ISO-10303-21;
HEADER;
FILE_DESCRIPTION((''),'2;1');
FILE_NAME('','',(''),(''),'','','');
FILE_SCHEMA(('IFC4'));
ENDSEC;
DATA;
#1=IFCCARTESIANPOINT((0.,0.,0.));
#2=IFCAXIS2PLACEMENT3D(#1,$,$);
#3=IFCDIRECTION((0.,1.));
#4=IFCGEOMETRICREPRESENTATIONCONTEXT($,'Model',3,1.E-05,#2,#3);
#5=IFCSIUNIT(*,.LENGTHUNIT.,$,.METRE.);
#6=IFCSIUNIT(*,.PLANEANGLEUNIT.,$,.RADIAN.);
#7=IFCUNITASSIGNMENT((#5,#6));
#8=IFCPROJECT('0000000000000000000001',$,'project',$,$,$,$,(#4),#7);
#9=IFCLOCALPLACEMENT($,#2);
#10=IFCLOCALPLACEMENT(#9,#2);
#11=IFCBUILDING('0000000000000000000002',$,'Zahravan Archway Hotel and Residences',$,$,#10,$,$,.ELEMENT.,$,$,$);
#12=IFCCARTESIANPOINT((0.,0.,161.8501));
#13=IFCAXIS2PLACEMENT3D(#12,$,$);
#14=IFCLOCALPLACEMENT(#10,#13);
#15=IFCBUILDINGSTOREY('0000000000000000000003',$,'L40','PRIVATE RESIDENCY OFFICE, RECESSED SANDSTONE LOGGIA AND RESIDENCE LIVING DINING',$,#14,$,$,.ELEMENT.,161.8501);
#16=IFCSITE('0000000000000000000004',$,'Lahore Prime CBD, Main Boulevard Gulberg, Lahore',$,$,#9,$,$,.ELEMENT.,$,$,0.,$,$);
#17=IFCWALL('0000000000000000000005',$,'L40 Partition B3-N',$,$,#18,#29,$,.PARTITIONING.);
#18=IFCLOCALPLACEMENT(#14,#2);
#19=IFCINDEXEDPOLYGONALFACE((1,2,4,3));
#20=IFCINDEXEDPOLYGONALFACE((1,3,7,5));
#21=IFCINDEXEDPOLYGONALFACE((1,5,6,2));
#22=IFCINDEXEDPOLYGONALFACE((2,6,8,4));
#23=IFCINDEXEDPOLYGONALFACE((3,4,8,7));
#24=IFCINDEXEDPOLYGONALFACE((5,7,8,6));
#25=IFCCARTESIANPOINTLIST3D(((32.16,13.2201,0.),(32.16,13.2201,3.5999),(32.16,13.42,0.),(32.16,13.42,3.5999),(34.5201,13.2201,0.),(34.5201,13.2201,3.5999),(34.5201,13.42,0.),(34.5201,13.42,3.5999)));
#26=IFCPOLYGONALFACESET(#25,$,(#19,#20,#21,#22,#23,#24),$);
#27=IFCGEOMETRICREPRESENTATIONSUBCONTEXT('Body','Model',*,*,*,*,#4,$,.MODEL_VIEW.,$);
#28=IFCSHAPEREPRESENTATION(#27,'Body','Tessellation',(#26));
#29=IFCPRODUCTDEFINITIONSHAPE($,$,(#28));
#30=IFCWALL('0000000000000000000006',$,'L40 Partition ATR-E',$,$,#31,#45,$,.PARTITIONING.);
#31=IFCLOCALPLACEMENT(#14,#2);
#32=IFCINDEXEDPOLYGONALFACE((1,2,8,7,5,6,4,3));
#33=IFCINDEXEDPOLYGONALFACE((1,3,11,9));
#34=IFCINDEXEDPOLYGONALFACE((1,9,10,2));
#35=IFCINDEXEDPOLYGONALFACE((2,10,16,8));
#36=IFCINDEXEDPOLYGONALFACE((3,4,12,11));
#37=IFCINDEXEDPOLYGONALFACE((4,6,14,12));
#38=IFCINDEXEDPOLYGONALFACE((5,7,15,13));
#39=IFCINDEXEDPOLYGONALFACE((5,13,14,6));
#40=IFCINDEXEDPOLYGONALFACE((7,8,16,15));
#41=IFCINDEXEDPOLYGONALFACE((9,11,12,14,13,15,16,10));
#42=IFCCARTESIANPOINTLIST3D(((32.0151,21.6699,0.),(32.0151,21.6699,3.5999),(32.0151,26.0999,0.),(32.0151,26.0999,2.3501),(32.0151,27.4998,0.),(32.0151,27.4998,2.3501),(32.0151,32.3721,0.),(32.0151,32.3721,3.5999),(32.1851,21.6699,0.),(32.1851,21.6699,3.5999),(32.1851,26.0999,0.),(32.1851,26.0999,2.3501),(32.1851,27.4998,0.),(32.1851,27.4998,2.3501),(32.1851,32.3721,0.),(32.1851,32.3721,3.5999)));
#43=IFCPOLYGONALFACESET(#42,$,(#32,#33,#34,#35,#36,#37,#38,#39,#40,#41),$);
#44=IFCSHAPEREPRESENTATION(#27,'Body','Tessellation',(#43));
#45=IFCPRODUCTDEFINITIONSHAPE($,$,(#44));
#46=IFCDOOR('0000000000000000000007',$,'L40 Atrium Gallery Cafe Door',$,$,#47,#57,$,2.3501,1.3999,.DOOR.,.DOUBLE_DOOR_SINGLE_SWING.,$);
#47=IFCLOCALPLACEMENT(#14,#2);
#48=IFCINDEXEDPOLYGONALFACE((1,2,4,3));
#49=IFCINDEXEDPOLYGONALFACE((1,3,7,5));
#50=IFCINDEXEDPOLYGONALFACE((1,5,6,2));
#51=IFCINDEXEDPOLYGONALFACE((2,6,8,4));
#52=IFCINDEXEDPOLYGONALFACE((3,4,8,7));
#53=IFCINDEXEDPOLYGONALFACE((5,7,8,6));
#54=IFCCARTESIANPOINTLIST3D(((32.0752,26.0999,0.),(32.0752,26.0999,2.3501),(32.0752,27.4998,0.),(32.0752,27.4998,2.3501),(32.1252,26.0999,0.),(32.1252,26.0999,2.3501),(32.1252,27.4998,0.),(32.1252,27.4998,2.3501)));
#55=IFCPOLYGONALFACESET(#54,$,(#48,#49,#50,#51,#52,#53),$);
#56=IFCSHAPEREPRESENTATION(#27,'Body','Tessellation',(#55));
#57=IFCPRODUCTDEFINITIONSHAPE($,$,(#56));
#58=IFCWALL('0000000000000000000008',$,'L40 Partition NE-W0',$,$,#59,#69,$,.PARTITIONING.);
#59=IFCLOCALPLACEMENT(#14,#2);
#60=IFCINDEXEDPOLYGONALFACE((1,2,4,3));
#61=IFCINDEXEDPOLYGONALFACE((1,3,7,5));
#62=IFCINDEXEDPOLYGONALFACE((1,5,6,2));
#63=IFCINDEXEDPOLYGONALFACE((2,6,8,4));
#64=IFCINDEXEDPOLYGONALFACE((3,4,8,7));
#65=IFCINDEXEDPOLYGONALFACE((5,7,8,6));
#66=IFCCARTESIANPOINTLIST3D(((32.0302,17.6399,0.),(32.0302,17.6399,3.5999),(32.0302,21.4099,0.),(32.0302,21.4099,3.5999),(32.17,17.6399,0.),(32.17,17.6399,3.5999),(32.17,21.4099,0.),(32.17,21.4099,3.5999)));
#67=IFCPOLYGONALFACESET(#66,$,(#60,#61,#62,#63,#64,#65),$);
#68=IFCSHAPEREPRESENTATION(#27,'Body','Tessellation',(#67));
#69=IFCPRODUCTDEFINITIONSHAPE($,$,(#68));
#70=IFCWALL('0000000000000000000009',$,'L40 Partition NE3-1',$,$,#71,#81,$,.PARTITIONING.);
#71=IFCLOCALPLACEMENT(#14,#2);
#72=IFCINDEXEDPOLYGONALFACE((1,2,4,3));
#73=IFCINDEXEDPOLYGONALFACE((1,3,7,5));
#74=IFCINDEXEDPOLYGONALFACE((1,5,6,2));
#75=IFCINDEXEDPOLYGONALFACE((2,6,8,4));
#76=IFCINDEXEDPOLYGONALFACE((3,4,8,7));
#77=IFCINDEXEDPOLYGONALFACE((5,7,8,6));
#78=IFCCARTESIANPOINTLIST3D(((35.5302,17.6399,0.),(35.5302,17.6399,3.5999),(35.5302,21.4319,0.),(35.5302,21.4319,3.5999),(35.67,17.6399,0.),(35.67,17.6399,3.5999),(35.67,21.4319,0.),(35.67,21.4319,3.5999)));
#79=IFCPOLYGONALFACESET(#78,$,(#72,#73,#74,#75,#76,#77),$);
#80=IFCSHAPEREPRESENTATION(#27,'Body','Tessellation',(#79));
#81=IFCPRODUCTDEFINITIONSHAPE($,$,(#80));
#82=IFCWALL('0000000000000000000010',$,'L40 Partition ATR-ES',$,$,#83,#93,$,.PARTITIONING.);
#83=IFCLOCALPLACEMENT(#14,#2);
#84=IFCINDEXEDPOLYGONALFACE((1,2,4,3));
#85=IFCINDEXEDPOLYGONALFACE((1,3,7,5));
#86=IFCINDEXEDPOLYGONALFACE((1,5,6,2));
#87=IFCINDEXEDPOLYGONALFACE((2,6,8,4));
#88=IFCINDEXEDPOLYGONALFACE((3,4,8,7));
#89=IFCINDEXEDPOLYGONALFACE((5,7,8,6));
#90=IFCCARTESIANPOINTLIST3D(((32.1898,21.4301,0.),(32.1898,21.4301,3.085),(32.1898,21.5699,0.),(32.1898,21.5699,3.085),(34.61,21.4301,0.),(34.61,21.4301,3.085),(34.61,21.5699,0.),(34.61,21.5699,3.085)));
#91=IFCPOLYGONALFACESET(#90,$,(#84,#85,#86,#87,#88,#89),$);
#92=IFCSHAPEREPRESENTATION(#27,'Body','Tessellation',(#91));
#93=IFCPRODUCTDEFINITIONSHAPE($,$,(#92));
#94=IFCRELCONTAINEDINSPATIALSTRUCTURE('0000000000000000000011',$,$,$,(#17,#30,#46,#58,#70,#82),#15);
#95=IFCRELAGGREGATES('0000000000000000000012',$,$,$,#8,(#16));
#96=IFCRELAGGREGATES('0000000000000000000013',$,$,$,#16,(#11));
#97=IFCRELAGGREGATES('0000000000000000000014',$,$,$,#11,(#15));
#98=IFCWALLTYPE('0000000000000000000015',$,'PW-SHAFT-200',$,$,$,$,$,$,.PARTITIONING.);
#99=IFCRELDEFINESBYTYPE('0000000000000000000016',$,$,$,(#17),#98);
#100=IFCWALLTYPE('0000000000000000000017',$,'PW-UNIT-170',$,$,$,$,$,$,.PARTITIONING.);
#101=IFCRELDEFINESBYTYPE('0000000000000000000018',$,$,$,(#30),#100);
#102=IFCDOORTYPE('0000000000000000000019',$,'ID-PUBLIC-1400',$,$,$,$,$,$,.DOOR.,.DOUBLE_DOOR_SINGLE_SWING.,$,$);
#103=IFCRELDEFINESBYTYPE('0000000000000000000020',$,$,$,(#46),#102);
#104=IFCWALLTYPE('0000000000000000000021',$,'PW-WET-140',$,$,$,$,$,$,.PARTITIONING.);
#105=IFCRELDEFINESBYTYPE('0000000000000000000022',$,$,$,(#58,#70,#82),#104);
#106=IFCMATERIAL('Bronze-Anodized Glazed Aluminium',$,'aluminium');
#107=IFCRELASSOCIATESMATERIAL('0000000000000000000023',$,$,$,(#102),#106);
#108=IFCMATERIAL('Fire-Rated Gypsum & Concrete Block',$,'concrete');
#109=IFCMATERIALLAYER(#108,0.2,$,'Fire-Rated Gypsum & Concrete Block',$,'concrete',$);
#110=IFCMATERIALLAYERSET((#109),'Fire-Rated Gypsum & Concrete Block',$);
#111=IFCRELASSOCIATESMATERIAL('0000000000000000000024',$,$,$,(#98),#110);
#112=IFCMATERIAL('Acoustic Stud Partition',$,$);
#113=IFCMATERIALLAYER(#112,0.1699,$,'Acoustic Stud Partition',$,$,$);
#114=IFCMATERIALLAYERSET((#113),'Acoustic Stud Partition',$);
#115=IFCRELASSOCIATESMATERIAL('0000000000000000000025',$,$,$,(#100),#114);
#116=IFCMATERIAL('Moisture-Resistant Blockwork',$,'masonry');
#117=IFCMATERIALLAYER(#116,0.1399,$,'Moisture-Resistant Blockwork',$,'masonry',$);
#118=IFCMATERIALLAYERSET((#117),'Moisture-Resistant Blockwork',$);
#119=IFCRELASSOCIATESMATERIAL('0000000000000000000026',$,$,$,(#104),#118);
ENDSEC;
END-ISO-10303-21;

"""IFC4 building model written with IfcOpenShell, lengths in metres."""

from ifc_helpers import new_model, si_unit, direction, frame, frame_2d, origin, place, context, subcontext, project, spatial, rectangle, extrude, source, transform, mapped, material, layer, layer_set, type_object, type_shapes, element, fill, save


model = new_model("IFC4")

# Units and contexts
model_context = context("Model", 3, precision=1e-05, world=origin(), true_north=direction((0.0, 1.0)))
body_context = subcontext(model_context, "Body", "Model", "MODEL_VIEW")
ifc_project = project(units=[si_unit("LENGTHUNIT", "METRE"), si_unit("PLANEANGLEUNIT", "RADIAN")], contexts=[model_context])

# Site, building, storey
site_placement = place(None, origin())
site = spatial("IfcSite", under=ifc_project, at=site_placement, Name="Lahore Prime CBD, Main Boulevard Gulberg, Lahore", CompositionType="ELEMENT", RefElevation=0.0)
building_placement = place(site_placement, origin())
building = spatial("IfcBuilding", under=site, at=building_placement, Name="Zahravan Archway Hotel and Residences", CompositionType="ELEMENT")
storey_placement = place(building_placement, frame((0.0, 0.0, 161.8501)))
storey = spatial("IfcBuildingStorey", under=building, at=storey_placement, Name="L40", Description="PRIVATE RESIDENCY OFFICE, RECESSED SANDSTONE LOGGIA AND RESIDENCE LIVING DINING", CompositionType="ELEMENT", Elevation=161.8501)

# Shared definitions
ifc_material_1 = material(Name="Fire-Rated Gypsum & Concrete Block", Category="concrete")
ifc_material_2 = material(Name="Bronze-Anodized Glazed Aluminium", Category="aluminium")
door_type_1 = type_object("IfcDoorType", Name="ID-PUBLIC-1400", OperationType="DOUBLE_DOOR_SINGLE_SWING", PredefinedType="DOOR", material=ifc_material_2)
shared_shape_1 = source(origin(), body_context, "Body", "SweptSolid", [
    extrude(rectangle(XDim=1.3999, YDim=2.3501, at=frame_2d((0.7, 1.175))), frame((0.0, 0.0249, 0.0), z_axis=(0.0, -1.0, 0.0), x_axis=(1.0, 0.0, 0.0)), (0.0, 0.0, 1.0), 0.05),
])
type_shapes(door_type_1, [shared_shape_1])

# Wall
ifc_layer_1 = layer(ifc_material_1, 0.2, Name="Fire-Rated Gypsum & Concrete Block", Category="concrete")
ifc_layer_set_1 = layer_set([ifc_layer_1], Name="Fire-Rated Gypsum & Concrete Block")
wall_type_1 = type_object("IfcWallType", Name="PW-SHAFT-200", PredefinedType="PARTITIONING", material=ifc_layer_set_1)
wall_1_placement = place(storey_placement, frame((32.1599, 13.3201, 0.0), z_axis=(0.0, 0.0, 1.0), x_axis=(1.0, 0.0, 0.0)))
element("IfcWall", 1, at=wall_1_placement, inside=storey, type_object=wall_type_1, Name="L40 Partition B3-N", PredefinedType="PARTITIONING", context=body_context, shape_type="SweptSolid", body=[
    extrude(rectangle(XDim=2.3601, YDim=0.2, at=frame_2d((1.1802, 0.0))), origin(), (0.0, 0.0, 1.0), 3.5999),
])

# Wall, opening, door
ifc_material_3 = material(Name="Acoustic Stud Partition")
ifc_layer_2 = layer(ifc_material_3, 0.1699, Name="Acoustic Stud Partition")
ifc_layer_set_2 = layer_set([ifc_layer_2], Name="Acoustic Stud Partition")
wall_type_2 = type_object("IfcWallType", Name="PW-UNIT-170", PredefinedType="PARTITIONING", material=ifc_layer_set_2)
wall_2_placement = place(storey_placement, frame((32.1001, 21.6699, 0.0), z_axis=(0.0, 0.0, 1.0), x_axis=(0.0, 1.0, 0.0)))
wall_2 = element("IfcWall", 2, at=wall_2_placement, inside=storey, type_object=wall_type_2, Name="L40 Partition ATR-E", PredefinedType="PARTITIONING", context=body_context, shape_type="SweptSolid", body=[
    extrude(rectangle(XDim=10.7021, YDim=0.1699, at=frame_2d((5.3511, 0.0))), origin(), (0.0, 0.0, 1.0), 3.5999),
])
opening_1_placement = place(wall_2_placement, frame((4.4299, 0.0, 0.0)))
opening_1 = element("IfcOpeningElement", 3, at=opening_1_placement, cuts=wall_2, PredefinedType="OPENING", context=body_context, shape_type="SweptSolid", body=[
    extrude(rectangle(XDim=1.3999, YDim=2.3501, at=frame_2d((0.7, 1.175))), frame((0.0, 0.095, 0.0), z_axis=(0.0, -1.0, 0.0), x_axis=(1.0, 0.0, 0.0)), (0.0, 0.0, 1.0), 0.1899),
])
door_1_placement = place(opening_1_placement, origin())
door_1 = element("IfcDoor", 4, at=door_1_placement, inside=storey, type_object=door_type_1, Name="L40 Atrium Gallery Cafe Door", OperationType="DOUBLE_DOOR_SINGLE_SWING", OverallHeight=2.3501, OverallWidth=1.3999, PredefinedType="DOOR", context=body_context, shape_type="MappedRepresentation", body=[
    mapped(shared_shape_1, transform((0.0, 0.0, 0.0), scale=1.0)),
])
fill(opening_1, door_1)

# Walls
ifc_material_4 = material(Name="Moisture-Resistant Blockwork", Category="masonry")
ifc_layer_3 = layer(ifc_material_4, 0.1399, Name="Moisture-Resistant Blockwork", Category="masonry")
ifc_layer_set_3 = layer_set([ifc_layer_3], Name="Moisture-Resistant Blockwork")
wall_type_3 = type_object("IfcWallType", Name="PW-WET-140", PredefinedType="PARTITIONING", material=ifc_layer_set_3)
wall_3_placement = place(storey_placement, frame((32.1001, 17.6399, 0.0), z_axis=(0.0, 0.0, 1.0), x_axis=(0.0, 1.0, 0.0)))
element("IfcWall", 5, at=wall_3_placement, inside=storey, type_object=wall_type_3, Name="L40 Partition NE-W0", PredefinedType="PARTITIONING", context=body_context, shape_type="SweptSolid", body=[
    extrude(rectangle(XDim=3.77, YDim=0.1399, at=frame_2d((1.885, 0.0))), origin(), (0.0, 0.0, 1.0), 3.5999),
])
wall_4_placement = place(storey_placement, frame((35.6001, 17.6399, 0.0), z_axis=(0.0, 0.0, 1.0), x_axis=(0.0, 1.0, 0.0)))
element("IfcWall", 6, at=wall_4_placement, inside=storey, type_object=wall_type_3, Name="L40 Partition NE3-1", PredefinedType="PARTITIONING", context=body_context, shape_type="SweptSolid", body=[
    extrude(rectangle(XDim=3.792, YDim=0.1399, at=frame_2d((1.896, 0.0))), origin(), (0.0, 0.0, 1.0), 3.5999),
])
wall_5_placement = place(storey_placement, frame((32.1899, 21.5, 0.0), z_axis=(0.0, 0.0, 1.0), x_axis=(1.0, 0.0, 0.0)))
element("IfcWall", 7, at=wall_5_placement, inside=storey, type_object=wall_type_3, Name="L40 Partition ATR-ES", PredefinedType="PARTITIONING", context=body_context, shape_type="SweptSolid", body=[
    extrude(rectangle(XDim=2.4202, YDim=0.1399, at=frame_2d((1.21, 0.0))), origin(), (0.0, 0.0, 1.0), 3.085),
])

save(model, "model.ifc")
